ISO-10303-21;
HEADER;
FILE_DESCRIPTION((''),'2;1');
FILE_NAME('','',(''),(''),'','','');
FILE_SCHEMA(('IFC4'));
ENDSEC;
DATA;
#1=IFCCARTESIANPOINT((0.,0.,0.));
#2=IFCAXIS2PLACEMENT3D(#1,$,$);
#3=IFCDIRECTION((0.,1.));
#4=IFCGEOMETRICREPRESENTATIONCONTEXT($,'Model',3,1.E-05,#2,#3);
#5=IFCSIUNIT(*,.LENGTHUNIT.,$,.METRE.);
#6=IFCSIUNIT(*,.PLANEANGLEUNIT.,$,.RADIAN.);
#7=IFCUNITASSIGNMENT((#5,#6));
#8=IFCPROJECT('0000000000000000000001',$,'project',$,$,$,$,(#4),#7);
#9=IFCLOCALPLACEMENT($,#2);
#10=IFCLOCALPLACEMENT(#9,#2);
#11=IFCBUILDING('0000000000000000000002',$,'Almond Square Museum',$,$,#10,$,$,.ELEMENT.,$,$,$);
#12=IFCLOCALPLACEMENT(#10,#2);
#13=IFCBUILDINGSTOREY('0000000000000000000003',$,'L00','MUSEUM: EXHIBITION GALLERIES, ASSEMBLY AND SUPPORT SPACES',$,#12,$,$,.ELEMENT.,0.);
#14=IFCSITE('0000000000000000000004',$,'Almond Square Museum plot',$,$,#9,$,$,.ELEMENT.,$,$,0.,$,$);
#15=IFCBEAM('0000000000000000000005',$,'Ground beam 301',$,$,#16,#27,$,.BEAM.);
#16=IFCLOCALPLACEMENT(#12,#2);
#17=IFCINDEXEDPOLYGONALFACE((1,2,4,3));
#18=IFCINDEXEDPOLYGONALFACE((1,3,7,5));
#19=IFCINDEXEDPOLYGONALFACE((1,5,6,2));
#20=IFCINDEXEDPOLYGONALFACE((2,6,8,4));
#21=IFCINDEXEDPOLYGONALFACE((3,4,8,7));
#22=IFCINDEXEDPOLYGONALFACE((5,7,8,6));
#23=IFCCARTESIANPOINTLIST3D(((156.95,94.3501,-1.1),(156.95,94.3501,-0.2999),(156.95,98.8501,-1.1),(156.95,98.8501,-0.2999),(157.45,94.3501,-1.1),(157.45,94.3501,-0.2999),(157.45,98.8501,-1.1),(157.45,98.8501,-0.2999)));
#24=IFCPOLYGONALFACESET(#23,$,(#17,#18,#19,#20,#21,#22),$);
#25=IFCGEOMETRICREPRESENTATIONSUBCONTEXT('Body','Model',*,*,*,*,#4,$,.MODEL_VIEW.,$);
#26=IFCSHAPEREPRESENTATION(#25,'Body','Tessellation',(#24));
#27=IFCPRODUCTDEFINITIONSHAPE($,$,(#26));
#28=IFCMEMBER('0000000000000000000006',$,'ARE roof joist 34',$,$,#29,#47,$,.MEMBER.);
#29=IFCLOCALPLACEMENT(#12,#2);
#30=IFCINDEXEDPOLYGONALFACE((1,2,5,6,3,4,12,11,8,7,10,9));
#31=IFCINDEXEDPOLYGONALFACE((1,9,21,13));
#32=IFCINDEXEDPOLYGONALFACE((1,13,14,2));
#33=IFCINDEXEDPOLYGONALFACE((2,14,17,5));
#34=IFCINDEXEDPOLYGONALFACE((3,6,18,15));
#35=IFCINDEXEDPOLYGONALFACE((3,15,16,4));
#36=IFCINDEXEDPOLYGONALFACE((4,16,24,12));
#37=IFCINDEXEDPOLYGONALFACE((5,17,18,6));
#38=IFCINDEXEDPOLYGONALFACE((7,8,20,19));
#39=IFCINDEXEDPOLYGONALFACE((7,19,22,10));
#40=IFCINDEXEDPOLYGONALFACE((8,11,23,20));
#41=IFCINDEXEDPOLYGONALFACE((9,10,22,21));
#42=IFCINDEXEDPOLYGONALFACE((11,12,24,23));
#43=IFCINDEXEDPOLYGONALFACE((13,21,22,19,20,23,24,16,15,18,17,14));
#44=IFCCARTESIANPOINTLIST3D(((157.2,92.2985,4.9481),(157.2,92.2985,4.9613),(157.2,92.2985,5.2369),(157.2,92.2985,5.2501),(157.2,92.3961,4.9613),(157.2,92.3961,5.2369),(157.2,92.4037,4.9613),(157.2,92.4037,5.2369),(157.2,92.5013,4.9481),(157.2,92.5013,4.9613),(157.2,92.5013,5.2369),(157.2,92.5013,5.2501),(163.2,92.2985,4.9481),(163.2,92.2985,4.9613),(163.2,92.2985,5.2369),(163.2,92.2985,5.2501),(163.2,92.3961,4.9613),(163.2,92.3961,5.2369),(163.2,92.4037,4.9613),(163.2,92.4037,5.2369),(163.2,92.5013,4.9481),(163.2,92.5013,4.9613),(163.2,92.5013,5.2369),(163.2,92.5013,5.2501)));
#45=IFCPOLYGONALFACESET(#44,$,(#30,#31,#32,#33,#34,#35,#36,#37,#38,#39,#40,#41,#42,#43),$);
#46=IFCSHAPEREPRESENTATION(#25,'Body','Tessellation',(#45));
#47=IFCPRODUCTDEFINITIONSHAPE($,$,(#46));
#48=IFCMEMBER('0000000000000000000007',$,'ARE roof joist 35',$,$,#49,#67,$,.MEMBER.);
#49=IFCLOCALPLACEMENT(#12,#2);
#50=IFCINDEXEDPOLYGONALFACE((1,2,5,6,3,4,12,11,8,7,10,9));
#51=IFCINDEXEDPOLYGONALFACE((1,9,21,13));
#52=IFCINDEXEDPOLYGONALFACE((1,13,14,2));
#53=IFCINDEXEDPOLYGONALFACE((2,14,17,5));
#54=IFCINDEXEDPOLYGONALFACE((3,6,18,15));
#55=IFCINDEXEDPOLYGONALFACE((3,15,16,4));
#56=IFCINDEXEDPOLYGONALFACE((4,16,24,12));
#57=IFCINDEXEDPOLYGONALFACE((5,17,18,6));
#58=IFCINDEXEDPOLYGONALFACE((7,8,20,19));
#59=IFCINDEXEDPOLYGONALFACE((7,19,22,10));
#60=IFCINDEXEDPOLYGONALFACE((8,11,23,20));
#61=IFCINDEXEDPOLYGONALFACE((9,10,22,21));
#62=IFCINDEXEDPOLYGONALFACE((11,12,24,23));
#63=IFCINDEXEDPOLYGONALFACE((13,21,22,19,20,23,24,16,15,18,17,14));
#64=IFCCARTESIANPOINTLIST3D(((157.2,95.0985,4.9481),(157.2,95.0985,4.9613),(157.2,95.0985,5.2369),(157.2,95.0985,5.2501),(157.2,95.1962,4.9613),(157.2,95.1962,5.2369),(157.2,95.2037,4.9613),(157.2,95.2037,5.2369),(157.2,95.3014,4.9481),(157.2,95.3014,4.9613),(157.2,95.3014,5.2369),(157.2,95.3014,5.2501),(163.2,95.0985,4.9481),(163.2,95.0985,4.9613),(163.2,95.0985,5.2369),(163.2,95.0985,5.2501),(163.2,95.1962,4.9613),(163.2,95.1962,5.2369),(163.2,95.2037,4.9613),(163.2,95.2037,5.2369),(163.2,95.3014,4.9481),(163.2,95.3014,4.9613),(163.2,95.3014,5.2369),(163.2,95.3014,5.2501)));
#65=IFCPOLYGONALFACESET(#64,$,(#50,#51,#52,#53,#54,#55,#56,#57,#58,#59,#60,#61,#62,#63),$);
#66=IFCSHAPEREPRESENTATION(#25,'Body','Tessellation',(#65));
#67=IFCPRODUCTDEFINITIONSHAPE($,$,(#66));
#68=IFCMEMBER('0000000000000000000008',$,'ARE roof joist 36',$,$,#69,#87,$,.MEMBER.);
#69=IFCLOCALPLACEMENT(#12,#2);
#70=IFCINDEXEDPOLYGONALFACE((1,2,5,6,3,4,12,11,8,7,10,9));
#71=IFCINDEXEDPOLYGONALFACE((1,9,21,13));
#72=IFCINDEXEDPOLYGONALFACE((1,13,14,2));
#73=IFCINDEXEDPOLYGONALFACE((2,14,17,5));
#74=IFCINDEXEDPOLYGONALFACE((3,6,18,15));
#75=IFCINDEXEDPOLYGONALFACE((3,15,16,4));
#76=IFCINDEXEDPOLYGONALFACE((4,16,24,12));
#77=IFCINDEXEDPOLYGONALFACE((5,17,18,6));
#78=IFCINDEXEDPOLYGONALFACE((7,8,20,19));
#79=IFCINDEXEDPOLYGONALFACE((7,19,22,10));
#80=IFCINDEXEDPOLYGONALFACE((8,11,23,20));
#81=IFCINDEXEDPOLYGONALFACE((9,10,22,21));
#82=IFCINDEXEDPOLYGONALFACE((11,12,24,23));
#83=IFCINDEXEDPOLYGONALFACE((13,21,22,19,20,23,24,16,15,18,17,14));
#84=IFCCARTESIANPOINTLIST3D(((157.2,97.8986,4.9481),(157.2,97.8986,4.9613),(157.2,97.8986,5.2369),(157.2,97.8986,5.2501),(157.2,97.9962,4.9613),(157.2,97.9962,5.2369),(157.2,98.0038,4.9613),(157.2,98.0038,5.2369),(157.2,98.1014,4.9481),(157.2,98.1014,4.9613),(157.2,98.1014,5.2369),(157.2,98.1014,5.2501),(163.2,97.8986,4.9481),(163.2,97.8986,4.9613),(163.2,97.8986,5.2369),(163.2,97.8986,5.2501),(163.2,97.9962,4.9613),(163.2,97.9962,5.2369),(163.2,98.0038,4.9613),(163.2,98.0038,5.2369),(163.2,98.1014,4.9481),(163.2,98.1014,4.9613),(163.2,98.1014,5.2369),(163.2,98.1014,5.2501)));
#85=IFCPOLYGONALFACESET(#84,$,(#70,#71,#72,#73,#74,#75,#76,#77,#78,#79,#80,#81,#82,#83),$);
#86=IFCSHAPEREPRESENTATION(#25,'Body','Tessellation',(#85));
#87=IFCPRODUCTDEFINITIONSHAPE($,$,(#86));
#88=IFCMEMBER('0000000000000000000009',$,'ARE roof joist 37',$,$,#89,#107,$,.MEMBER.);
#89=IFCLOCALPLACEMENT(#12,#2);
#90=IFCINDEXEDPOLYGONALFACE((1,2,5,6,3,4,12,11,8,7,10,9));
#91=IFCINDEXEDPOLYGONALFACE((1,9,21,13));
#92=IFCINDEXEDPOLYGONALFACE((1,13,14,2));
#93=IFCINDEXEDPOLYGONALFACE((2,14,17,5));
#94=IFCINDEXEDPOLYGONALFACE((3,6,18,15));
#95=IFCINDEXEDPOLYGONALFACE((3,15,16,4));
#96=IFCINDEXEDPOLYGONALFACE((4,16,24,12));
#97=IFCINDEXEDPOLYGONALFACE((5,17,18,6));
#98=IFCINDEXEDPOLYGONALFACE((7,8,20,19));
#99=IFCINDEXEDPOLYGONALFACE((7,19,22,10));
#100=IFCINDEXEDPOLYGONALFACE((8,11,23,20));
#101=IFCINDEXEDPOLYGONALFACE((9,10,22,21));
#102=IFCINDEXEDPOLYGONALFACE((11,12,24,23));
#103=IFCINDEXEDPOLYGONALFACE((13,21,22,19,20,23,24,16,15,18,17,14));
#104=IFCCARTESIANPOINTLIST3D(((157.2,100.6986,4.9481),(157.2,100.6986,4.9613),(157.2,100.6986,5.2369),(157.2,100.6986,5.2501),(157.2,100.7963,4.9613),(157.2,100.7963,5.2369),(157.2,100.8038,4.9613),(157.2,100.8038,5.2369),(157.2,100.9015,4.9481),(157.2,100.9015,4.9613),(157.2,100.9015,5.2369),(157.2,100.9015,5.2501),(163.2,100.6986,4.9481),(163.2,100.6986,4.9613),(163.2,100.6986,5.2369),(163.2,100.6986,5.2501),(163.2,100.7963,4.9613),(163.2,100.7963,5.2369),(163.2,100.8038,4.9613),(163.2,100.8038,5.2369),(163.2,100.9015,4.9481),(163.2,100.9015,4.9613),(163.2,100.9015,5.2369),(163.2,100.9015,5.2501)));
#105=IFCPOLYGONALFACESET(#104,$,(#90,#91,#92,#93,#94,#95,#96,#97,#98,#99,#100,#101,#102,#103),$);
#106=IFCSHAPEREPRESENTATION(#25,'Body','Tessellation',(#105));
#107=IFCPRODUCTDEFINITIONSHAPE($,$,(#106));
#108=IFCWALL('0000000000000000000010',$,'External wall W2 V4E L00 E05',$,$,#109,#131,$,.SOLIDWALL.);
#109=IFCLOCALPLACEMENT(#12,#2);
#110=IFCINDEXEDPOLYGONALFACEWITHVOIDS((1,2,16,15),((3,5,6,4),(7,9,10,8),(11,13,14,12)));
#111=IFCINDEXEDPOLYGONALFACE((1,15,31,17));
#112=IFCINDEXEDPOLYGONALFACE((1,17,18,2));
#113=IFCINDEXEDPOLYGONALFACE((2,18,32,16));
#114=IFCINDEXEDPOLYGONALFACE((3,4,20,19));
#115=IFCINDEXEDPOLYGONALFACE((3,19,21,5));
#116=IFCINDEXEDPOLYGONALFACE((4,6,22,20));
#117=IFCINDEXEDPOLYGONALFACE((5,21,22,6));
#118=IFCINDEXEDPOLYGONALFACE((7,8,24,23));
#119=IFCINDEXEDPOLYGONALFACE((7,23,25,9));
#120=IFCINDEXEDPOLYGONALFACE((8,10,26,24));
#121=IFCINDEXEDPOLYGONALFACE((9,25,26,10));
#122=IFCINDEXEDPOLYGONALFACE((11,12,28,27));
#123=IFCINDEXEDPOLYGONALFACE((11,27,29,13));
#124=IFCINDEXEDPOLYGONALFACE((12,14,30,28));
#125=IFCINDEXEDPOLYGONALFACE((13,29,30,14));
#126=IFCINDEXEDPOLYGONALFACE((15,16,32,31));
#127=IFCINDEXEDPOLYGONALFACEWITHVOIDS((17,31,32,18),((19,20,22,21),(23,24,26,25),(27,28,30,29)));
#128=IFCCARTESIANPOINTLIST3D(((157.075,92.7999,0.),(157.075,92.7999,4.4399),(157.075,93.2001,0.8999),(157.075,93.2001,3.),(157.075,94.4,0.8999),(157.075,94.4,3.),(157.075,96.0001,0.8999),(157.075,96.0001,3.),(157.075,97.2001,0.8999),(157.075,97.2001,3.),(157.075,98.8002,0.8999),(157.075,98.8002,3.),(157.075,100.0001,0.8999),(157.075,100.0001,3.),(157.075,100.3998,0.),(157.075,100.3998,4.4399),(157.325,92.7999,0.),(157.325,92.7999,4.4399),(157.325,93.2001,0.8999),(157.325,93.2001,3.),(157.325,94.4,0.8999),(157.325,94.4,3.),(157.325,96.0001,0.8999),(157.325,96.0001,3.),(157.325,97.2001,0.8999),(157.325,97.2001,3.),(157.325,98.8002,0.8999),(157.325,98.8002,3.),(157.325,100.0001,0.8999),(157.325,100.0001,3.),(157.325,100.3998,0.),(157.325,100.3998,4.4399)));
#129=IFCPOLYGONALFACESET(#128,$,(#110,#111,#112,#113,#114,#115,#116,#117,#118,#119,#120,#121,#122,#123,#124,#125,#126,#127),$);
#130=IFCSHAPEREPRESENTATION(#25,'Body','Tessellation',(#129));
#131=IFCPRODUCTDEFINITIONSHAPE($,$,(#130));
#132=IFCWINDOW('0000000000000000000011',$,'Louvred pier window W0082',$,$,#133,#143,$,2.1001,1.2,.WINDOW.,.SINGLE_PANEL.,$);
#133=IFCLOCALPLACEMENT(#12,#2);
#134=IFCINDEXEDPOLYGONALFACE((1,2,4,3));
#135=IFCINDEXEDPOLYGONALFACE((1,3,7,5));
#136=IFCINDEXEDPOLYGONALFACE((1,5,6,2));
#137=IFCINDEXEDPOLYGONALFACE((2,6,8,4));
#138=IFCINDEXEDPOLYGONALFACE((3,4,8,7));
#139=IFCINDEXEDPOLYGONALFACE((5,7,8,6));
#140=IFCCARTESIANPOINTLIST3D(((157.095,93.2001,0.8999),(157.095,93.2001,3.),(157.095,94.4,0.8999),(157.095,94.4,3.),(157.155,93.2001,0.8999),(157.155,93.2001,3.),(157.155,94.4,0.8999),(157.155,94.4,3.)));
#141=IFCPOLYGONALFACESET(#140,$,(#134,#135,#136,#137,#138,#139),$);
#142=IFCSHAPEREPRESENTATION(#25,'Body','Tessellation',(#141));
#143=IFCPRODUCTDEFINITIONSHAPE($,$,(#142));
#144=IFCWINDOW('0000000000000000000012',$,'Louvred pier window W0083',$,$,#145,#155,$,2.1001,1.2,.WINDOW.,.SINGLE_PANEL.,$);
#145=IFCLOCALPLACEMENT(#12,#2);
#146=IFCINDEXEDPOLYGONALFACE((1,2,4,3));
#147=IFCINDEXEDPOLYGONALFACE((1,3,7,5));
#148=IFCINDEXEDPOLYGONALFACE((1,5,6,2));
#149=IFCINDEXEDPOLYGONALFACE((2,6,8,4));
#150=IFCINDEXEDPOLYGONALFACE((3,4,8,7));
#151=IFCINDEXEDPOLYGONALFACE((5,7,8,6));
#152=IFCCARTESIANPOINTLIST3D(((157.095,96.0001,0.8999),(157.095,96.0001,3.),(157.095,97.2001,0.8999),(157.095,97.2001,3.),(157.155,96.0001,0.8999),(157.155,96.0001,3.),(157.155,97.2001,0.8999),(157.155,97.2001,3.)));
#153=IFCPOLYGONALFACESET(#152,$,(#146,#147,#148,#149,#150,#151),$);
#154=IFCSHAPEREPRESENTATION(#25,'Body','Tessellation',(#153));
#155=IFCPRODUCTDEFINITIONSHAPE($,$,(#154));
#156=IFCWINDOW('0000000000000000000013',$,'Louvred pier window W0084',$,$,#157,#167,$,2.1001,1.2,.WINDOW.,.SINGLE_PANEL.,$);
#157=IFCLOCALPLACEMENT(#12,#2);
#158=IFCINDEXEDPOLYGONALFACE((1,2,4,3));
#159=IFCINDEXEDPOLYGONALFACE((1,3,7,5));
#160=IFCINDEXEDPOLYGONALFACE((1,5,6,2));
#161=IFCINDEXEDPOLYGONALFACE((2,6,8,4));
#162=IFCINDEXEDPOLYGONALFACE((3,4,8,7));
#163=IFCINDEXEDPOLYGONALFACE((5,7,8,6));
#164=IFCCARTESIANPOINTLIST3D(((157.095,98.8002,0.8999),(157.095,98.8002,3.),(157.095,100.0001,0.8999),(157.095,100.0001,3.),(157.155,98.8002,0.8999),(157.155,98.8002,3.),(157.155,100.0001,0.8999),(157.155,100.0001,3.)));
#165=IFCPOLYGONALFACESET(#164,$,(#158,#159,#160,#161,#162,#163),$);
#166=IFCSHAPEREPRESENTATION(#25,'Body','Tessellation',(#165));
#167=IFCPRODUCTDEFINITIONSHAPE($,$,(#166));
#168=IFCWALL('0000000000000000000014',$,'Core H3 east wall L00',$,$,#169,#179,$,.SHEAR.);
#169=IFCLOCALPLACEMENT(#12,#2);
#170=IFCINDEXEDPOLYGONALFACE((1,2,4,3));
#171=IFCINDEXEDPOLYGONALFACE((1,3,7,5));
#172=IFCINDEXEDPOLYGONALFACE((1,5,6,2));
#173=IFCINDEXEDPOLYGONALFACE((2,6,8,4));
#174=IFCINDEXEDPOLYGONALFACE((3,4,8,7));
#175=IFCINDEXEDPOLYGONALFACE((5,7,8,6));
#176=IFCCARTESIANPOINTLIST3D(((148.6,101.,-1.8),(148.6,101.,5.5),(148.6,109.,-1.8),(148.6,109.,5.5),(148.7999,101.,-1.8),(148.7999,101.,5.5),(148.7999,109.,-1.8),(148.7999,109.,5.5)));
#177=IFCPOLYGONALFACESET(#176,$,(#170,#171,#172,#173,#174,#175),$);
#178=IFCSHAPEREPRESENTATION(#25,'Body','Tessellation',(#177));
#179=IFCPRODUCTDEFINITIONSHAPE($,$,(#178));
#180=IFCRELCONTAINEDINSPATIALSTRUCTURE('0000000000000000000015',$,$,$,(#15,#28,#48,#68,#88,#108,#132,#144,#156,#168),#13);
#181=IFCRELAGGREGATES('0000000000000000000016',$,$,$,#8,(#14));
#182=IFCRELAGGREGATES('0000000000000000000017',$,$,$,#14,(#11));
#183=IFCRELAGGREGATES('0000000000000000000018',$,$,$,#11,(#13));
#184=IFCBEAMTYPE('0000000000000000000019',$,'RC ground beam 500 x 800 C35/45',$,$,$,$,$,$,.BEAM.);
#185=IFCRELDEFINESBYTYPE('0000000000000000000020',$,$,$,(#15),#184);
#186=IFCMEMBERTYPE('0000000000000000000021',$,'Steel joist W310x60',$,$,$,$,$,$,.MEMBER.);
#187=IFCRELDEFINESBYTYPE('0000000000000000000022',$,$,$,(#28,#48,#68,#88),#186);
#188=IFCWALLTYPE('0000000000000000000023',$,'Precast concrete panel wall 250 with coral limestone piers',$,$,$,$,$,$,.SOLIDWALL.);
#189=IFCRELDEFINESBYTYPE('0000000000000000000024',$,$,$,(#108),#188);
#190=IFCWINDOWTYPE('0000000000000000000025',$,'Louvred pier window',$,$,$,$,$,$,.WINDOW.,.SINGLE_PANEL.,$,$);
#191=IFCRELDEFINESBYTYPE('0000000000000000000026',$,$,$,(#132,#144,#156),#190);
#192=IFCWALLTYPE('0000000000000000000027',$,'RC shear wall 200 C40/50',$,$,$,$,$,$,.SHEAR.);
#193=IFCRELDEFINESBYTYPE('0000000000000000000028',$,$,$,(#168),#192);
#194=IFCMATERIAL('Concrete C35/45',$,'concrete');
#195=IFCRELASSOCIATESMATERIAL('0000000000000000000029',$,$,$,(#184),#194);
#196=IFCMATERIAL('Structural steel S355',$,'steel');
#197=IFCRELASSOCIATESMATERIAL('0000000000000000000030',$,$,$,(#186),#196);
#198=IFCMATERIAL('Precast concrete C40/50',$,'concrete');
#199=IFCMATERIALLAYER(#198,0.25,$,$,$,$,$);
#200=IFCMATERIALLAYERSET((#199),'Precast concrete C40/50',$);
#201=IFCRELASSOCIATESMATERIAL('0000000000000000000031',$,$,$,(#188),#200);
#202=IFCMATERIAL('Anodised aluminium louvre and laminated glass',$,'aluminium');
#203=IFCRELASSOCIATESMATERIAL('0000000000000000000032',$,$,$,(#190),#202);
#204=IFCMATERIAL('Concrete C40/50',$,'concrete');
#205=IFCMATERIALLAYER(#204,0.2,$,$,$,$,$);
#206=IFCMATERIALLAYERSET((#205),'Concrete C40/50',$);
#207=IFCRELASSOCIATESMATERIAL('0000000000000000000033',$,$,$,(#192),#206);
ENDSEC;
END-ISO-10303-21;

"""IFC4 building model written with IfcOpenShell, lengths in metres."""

from ifc_helpers import new_model, si_unit, direction, frame, frame_2d, origin, origin_2d, place, context, subcontext, project, spatial, rectangle, i_section, extrude, material, layer, layer_set, material_profile, profile_set, type_object, element, fill, save


model = new_model("IFC4")

# Units and contexts
model_context = context("Model", 3, precision=1e-05, world=origin(), true_north=direction((0.0, 1.0)))
body_context = subcontext(model_context, "Body", "Model", "MODEL_VIEW")
ifc_project = project(units=[si_unit("LENGTHUNIT", "METRE"), si_unit("PLANEANGLEUNIT", "RADIAN")], contexts=[model_context])

# Site, building, storey
site_placement = place(None, origin())
site = spatial("IfcSite", under=ifc_project, at=site_placement, Name="Almond Square Museum plot", CompositionType="ELEMENT", RefElevation=0.0)
building_placement = place(site_placement, origin())
building = spatial("IfcBuilding", under=site, at=building_placement, Name="Almond Square Museum", CompositionType="ELEMENT")
storey_placement = place(building_placement, origin())
storey = spatial("IfcBuildingStorey", under=building, at=storey_placement, Name="L00", Description="MUSEUM: EXHIBITION GALLERIES, ASSEMBLY AND SUPPORT SPACES", CompositionType="ELEMENT", Elevation=0.0)

# Beam
ifc_material_1 = material(Name="Concrete C35/45", Category="concrete")
ifc_material_profile_1 = material_profile(ifc_material_1, rectangle(XDim=0.5, YDim=0.8, at=origin_2d()))
ifc_profile_set_1 = profile_set([ifc_material_profile_1], Name="Concrete C35/45")
beam_type = type_object("IfcBeamType", Name="RC ground beam 500 x 800 C35/45", PredefinedType="BEAM", material=ifc_profile_set_1)
beam_placement = place(storey_placement, frame((157.2, 94.3501, -0.7), z_axis=(0.0, 1.0, 0.0), x_axis=(-1.0, 0.0, 0.0)))
element("IfcBeam", 1, at=beam_placement, inside=storey, type_object=beam_type, Name="Ground beam 301", PredefinedType="BEAM", context=body_context, shape_type="SweptSolid", body=[
    extrude(rectangle(XDim=0.5, YDim=0.8, at=origin_2d()), origin(), (0.0, 0.0, 1.0), 4.5),
])

# Members
ifc_material_2 = material(Name="Structural steel S355", Category="steel")
ifc_material_profile_2 = material_profile(ifc_material_2, i_section(OverallWidth=0.2029, OverallDepth=0.302, WebThickness=0.0076, FlangeThickness=0.0132, at=origin_2d()))
ifc_profile_set_2 = profile_set([ifc_material_profile_2], Name="Structural steel S355")
member_type = type_object("IfcMemberType", Name="Steel joist W310x60", PredefinedType="MEMBER", material=ifc_profile_set_2)
for number, where, z_axis, x_axis, name in (
    (2, (157.2, 92.3999, 5.0991), (1.0, 0.0, 0.0), (0.0, 1.0, 0.0), "ARE roof joist 34"),
    (3, (157.2, 95.2, 5.0991), (1.0, 0.0, 0.0), (0.0, 1.0, 0.0), "ARE roof joist 35"),
    (4, (157.2, 98.0, 5.0991), (1.0, 0.0, 0.0), (0.0, 1.0, 0.0), "ARE roof joist 36"),
    (5, (157.2, 100.8, 5.0991), (1.0, 0.0, 0.0), (0.0, 1.0, 0.0), "ARE roof joist 37"),
):
    element("IfcMember", number, at=place(storey_placement, frame(where, z_axis=z_axis, x_axis=x_axis)), inside=storey, type_object=member_type, Name=name, PredefinedType="MEMBER", context=body_context, shape_type="SweptSolid", body=[
        extrude(i_section(OverallWidth=0.2029, OverallDepth=0.302, WebThickness=0.0076, FlangeThickness=0.0132, at=origin_2d()), origin(), (0.0, 0.0, 1.0), 6.0),
    ])

# Wall, openings, windows
ifc_material_3 = material(Name="Precast concrete C40/50", Category="concrete")
ifc_layer_1 = layer(ifc_material_3, 0.25)
ifc_layer_set_1 = layer_set([ifc_layer_1], Name="Precast concrete C40/50")
wall_type_1 = type_object("IfcWallType", Name="Precast concrete panel wall 250 with coral limestone piers", PredefinedType="SOLIDWALL", material=ifc_layer_set_1)
wall_1_placement = place(storey_placement, frame((157.2, 92.8, 0.0), z_axis=(0.0, 0.0, 1.0), x_axis=(0.0, 1.0, 0.0)))
wall_1 = element("IfcWall", 6, at=wall_1_placement, inside=storey, type_object=wall_type_1, Name="External wall W2 V4E L00 E05", PredefinedType="SOLIDWALL", context=body_context, shape_type="SweptSolid", body=[
    extrude(rectangle(XDim=7.5999, YDim=0.25, at=frame_2d((3.7998, 0.0))), origin(), (0.0, 0.0, 1.0), 4.4399),
])
opening_1_placement = place(wall_1_placement, frame((0.3999, 0.0, 0.8999)))
opening_1 = element("IfcOpeningElement", 7, at=opening_1_placement, cuts=wall_1, PredefinedType="OPENING", context=body_context, shape_type="SweptSolid", body=[
    extrude(rectangle(XDim=1.2, YDim=2.1001, at=frame_2d((0.6001, 1.05))), frame((0.0, 0.135, 0.0), z_axis=(0.0, -1.0, 0.0), x_axis=(1.0, 0.0, 0.0)), (0.0, 0.0, 1.0), 0.27),
])
opening_2_placement = place(wall_1_placement, frame((3.2, 0.0, 0.8999)))
opening_2 = element("IfcOpeningElement", 8, at=opening_2_placement, cuts=wall_1, PredefinedType="OPENING", context=body_context, shape_type="SweptSolid", body=[
    extrude(rectangle(XDim=1.2, YDim=2.1001, at=frame_2d((0.6001, 1.05))), frame((0.0, 0.135, 0.0), z_axis=(0.0, -1.0, 0.0), x_axis=(1.0, 0.0, 0.0)), (0.0, 0.0, 1.0), 0.27),
])
opening_3_placement = place(wall_1_placement, frame((6.0, 0.0, 0.8999)))
opening_3 = element("IfcOpeningElement", 9, at=opening_3_placement, cuts=wall_1, PredefinedType="OPENING", context=body_context, shape_type="SweptSolid", body=[
    extrude(rectangle(XDim=1.2, YDim=2.1001, at=frame_2d((0.6001, 1.05))), frame((0.0, 0.135, 0.0), z_axis=(0.0, -1.0, 0.0), x_axis=(1.0, 0.0, 0.0)), (0.0, 0.0, 1.0), 0.27),
])
ifc_material_4 = material(Name="Anodised aluminium louvre and laminated glass", Category="aluminium")
window_type = type_object("IfcWindowType", Name="Louvred pier window", PartitioningType="SINGLE_PANEL", PredefinedType="WINDOW", material=ifc_material_4)
window_1_placement = place(opening_1_placement, origin())
window_1 = element("IfcWindow", 10, at=window_1_placement, inside=storey, type_object=window_type, Name="Louvred pier window W0082", OverallHeight=2.1001, OverallWidth=1.2, PartitioningType="SINGLE_PANEL", PredefinedType="WINDOW", context=body_context, shape_type="SweptSolid", body=[
    extrude(rectangle(XDim=1.2, YDim=2.1001, at=frame_2d((0.6001, 1.05))), frame((0.0, 0.105, 0.0), z_axis=(0.0, -1.0, 0.0), x_axis=(1.0, 0.0, 0.0)), (0.0, 0.0, 1.0), 0.0601),
])
fill(opening_1, window_1)
window_2_placement = place(opening_2_placement, origin())
window_2 = element("IfcWindow", 11, at=window_2_placement, inside=storey, type_object=window_type, Name="Louvred pier window W0083", OverallHeight=2.1001, OverallWidth=1.2, PartitioningType="SINGLE_PANEL", PredefinedType="WINDOW", context=body_context, shape_type="SweptSolid", body=[
    extrude(rectangle(XDim=1.2, YDim=2.1001, at=frame_2d((0.6001, 1.05))), frame((0.0, 0.105, 0.0), z_axis=(0.0, -1.0, 0.0), x_axis=(1.0, 0.0, 0.0)), (0.0, 0.0, 1.0), 0.0601),
])
fill(opening_2, window_2)
window_3_placement = place(opening_3_placement, origin())
window_3 = element("IfcWindow", 12, at=window_3_placement, inside=storey, type_object=window_type, Name="Louvred pier window W0084", OverallHeight=2.1001, OverallWidth=1.2, PartitioningType="SINGLE_PANEL", PredefinedType="WINDOW", context=body_context, shape_type="SweptSolid", body=[
    extrude(rectangle(XDim=1.2, YDim=2.1001, at=frame_2d((0.6001, 1.05))), frame((0.0, 0.105, 0.0), z_axis=(0.0, -1.0, 0.0), x_axis=(1.0, 0.0, 0.0)), (0.0, 0.0, 1.0), 0.0601),
])
fill(opening_3, window_3)

# Wall
ifc_material_5 = material(Name="Concrete C40/50", Category="concrete")
ifc_layer_2 = layer(ifc_material_5, 0.2)
ifc_layer_set_2 = layer_set([ifc_layer_2], Name="Concrete C40/50")
wall_type_2 = type_object("IfcWallType", Name="RC shear wall 200 C40/50", PredefinedType="SHEAR", material=ifc_layer_set_2)
wall_2_placement = place(storey_placement, frame((148.7, 101.0, -1.8), z_axis=(0.0, 0.0, 1.0), x_axis=(0.0, 1.0, 0.0)))
element("IfcWall", 13, at=wall_2_placement, inside=storey, type_object=wall_type_2, Name="Core H3 east wall L00", PredefinedType="SHEAR", context=body_context, shape_type="SweptSolid", body=[
    extrude(rectangle(XDim=8.0, YDim=0.2, at=frame_2d((4.0, 0.0))), origin(), (0.0, 0.0, 1.0), 7.3),
])

save(model, "model.ifc")
